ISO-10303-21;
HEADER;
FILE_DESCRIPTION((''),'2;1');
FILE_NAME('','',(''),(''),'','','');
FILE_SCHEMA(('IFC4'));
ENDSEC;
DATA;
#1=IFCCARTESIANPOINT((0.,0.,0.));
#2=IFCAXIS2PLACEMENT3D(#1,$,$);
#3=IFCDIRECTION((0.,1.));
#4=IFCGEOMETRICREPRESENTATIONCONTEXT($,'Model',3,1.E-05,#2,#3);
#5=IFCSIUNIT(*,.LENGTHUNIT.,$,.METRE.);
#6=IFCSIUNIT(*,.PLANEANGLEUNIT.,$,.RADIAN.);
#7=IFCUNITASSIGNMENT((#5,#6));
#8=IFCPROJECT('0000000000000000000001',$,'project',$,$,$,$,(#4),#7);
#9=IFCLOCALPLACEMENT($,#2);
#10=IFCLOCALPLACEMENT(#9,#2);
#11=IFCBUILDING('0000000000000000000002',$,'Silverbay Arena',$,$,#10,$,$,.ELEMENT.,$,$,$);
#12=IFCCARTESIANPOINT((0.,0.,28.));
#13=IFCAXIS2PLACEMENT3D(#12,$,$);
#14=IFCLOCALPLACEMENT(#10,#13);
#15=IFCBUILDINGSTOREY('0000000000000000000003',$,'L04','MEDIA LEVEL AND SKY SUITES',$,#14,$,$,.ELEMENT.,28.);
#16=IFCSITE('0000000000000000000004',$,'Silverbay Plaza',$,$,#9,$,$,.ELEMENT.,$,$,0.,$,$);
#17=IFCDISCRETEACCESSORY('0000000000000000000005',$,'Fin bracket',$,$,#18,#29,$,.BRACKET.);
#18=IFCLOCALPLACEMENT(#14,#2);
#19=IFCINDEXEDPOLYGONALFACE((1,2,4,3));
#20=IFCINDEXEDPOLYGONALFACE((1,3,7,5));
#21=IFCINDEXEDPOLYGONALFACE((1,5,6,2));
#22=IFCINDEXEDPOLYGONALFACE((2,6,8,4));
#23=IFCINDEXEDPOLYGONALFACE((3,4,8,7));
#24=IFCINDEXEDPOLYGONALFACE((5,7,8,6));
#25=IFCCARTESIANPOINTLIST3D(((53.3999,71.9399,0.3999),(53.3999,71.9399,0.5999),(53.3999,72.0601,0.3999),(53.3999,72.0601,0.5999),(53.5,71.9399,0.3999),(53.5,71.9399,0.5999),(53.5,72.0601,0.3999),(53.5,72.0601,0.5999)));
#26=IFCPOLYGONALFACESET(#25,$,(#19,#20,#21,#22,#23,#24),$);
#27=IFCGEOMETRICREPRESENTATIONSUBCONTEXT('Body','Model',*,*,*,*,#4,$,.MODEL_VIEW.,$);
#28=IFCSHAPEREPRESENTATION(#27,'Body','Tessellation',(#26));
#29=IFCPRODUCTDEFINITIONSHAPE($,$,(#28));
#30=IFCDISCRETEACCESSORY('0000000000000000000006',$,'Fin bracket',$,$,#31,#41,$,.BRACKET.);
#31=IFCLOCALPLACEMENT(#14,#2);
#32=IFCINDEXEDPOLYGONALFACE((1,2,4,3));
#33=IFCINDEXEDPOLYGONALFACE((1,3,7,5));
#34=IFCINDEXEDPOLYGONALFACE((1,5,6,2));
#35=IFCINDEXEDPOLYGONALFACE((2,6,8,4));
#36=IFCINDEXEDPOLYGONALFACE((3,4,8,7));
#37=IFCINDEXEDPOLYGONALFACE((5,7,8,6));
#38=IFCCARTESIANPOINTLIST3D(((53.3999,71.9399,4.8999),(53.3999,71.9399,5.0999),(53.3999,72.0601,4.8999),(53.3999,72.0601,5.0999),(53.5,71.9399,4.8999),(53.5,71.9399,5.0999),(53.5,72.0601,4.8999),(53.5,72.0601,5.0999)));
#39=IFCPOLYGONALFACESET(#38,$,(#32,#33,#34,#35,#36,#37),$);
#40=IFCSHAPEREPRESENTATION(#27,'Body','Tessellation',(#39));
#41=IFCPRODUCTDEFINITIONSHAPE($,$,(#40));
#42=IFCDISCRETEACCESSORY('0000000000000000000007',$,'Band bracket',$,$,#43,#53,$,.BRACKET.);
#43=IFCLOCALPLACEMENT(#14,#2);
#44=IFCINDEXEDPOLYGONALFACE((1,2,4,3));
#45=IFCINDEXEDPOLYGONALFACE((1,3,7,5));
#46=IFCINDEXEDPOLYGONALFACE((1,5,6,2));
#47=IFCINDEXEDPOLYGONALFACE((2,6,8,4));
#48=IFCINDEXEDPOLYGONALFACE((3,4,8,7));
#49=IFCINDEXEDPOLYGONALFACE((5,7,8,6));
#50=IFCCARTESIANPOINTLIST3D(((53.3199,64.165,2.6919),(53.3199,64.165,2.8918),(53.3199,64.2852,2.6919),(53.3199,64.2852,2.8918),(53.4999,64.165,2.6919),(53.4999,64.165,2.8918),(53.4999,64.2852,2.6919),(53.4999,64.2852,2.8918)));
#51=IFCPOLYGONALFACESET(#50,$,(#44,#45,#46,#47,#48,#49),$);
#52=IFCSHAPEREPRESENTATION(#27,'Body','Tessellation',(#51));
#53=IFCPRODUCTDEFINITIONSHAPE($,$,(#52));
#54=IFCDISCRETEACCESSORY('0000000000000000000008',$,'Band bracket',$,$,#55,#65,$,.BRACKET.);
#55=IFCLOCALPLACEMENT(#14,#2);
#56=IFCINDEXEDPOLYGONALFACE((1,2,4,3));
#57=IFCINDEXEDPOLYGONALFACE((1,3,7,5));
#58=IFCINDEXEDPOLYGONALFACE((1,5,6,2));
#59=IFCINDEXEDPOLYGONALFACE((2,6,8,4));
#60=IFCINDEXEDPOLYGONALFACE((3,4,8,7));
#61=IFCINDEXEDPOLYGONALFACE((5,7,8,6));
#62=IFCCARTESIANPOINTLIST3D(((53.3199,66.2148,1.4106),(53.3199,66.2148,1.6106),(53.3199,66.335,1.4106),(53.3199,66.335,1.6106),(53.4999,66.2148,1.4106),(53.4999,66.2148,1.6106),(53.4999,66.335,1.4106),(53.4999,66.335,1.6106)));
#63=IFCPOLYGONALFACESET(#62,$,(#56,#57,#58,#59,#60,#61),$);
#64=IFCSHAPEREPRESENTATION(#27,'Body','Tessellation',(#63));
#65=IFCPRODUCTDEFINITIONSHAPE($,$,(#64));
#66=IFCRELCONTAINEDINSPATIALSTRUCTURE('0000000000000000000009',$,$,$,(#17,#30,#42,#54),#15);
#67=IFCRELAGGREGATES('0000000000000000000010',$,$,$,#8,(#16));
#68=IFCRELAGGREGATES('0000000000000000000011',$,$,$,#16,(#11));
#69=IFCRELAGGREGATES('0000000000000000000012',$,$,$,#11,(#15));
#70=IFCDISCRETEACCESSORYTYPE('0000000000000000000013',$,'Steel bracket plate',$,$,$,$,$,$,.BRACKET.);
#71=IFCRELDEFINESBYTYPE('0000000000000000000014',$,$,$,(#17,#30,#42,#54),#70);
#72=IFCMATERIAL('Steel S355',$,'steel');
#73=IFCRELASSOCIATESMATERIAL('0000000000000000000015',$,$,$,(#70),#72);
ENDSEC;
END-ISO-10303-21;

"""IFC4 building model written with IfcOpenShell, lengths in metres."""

from ifc_helpers import new_model, si_unit, direction, frame, origin, origin_2d, place, context, subcontext, project, spatial, rectangle, extrude, material, type_object, element, save


model = new_model("IFC4")

# Units and contexts
model_context = context("Model", 3, precision=1e-05, world=origin(), true_north=direction((0.0, 1.0)))
body_context = subcontext(model_context, "Body", "Model", "MODEL_VIEW")
ifc_project = project(units=[si_unit("LENGTHUNIT", "METRE"), si_unit("PLANEANGLEUNIT", "RADIAN")], contexts=[model_context])

# Site, building, storey
site_placement = place(None, origin())
site = spatial("IfcSite", under=ifc_project, at=site_placement, Name="Silverbay Plaza", CompositionType="ELEMENT", RefElevation=0.0)
building_placement = place(site_placement, origin())
building = spatial("IfcBuilding", under=site, at=building_placement, Name="Silverbay Arena", CompositionType="ELEMENT")
storey_placement = place(building_placement, frame((0.0, 0.0, 28.0)))
storey = spatial("IfcBuildingStorey", under=building, at=storey_placement, Name="L04", Description="MEDIA LEVEL AND SKY SUITES", CompositionType="ELEMENT", Elevation=28.0)

# Discrete accessories
ifc_material_1 = material(Name="Steel S355", Category="steel")
discrete_accessory_type = type_object("IfcDiscreteAccessoryType", Name="Steel bracket plate", PredefinedType="BRACKET", material=ifc_material_1)
for number, where, z_axis, x_axis, name in (
    (1, (53.45, 72.0, 0.3999), (0.0, 0.0, 1.0), (1.0, 0.0, 0.0), "Fin bracket"),
    (2, (53.45, 72.0, 4.8999), (0.0, 0.0, 1.0), (1.0, 0.0, 0.0), "Fin bracket"),
):
    element("IfcDiscreteAccessory", number, at=place(storey_placement, frame(where, z_axis=z_axis, x_axis=x_axis)), inside=storey, type_object=discrete_accessory_type, Name=name, PredefinedType="BRACKET", context=body_context, shape_type="SweptSolid", body=[
        extrude(rectangle(XDim=0.1001, YDim=0.1201, at=origin_2d()), origin(), (0.0, 0.0, 1.0), 0.2),
    ])
for number, where, z_axis, x_axis, name in (
    (3, (53.4099, 64.2251, 2.6919), (0.0, 0.0, 1.0), (1.0, 0.0, 0.0), "Band bracket"),
    (4, (53.4099, 66.2749, 1.4106), (0.0, 0.0, 1.0), (1.0, 0.0, 0.0), "Band bracket"),
):
    element("IfcDiscreteAccessory", number, at=place(storey_placement, frame(where, z_axis=z_axis, x_axis=x_axis)), inside=storey, type_object=discrete_accessory_type, Name=name, PredefinedType="BRACKET", context=body_context, shape_type="SweptSolid", body=[
        extrude(rectangle(XDim=0.1799, YDim=0.1201, at=origin_2d()), origin(), (0.0, 0.0, 1.0), 0.2),
    ])

save(model, "model.ifc")
